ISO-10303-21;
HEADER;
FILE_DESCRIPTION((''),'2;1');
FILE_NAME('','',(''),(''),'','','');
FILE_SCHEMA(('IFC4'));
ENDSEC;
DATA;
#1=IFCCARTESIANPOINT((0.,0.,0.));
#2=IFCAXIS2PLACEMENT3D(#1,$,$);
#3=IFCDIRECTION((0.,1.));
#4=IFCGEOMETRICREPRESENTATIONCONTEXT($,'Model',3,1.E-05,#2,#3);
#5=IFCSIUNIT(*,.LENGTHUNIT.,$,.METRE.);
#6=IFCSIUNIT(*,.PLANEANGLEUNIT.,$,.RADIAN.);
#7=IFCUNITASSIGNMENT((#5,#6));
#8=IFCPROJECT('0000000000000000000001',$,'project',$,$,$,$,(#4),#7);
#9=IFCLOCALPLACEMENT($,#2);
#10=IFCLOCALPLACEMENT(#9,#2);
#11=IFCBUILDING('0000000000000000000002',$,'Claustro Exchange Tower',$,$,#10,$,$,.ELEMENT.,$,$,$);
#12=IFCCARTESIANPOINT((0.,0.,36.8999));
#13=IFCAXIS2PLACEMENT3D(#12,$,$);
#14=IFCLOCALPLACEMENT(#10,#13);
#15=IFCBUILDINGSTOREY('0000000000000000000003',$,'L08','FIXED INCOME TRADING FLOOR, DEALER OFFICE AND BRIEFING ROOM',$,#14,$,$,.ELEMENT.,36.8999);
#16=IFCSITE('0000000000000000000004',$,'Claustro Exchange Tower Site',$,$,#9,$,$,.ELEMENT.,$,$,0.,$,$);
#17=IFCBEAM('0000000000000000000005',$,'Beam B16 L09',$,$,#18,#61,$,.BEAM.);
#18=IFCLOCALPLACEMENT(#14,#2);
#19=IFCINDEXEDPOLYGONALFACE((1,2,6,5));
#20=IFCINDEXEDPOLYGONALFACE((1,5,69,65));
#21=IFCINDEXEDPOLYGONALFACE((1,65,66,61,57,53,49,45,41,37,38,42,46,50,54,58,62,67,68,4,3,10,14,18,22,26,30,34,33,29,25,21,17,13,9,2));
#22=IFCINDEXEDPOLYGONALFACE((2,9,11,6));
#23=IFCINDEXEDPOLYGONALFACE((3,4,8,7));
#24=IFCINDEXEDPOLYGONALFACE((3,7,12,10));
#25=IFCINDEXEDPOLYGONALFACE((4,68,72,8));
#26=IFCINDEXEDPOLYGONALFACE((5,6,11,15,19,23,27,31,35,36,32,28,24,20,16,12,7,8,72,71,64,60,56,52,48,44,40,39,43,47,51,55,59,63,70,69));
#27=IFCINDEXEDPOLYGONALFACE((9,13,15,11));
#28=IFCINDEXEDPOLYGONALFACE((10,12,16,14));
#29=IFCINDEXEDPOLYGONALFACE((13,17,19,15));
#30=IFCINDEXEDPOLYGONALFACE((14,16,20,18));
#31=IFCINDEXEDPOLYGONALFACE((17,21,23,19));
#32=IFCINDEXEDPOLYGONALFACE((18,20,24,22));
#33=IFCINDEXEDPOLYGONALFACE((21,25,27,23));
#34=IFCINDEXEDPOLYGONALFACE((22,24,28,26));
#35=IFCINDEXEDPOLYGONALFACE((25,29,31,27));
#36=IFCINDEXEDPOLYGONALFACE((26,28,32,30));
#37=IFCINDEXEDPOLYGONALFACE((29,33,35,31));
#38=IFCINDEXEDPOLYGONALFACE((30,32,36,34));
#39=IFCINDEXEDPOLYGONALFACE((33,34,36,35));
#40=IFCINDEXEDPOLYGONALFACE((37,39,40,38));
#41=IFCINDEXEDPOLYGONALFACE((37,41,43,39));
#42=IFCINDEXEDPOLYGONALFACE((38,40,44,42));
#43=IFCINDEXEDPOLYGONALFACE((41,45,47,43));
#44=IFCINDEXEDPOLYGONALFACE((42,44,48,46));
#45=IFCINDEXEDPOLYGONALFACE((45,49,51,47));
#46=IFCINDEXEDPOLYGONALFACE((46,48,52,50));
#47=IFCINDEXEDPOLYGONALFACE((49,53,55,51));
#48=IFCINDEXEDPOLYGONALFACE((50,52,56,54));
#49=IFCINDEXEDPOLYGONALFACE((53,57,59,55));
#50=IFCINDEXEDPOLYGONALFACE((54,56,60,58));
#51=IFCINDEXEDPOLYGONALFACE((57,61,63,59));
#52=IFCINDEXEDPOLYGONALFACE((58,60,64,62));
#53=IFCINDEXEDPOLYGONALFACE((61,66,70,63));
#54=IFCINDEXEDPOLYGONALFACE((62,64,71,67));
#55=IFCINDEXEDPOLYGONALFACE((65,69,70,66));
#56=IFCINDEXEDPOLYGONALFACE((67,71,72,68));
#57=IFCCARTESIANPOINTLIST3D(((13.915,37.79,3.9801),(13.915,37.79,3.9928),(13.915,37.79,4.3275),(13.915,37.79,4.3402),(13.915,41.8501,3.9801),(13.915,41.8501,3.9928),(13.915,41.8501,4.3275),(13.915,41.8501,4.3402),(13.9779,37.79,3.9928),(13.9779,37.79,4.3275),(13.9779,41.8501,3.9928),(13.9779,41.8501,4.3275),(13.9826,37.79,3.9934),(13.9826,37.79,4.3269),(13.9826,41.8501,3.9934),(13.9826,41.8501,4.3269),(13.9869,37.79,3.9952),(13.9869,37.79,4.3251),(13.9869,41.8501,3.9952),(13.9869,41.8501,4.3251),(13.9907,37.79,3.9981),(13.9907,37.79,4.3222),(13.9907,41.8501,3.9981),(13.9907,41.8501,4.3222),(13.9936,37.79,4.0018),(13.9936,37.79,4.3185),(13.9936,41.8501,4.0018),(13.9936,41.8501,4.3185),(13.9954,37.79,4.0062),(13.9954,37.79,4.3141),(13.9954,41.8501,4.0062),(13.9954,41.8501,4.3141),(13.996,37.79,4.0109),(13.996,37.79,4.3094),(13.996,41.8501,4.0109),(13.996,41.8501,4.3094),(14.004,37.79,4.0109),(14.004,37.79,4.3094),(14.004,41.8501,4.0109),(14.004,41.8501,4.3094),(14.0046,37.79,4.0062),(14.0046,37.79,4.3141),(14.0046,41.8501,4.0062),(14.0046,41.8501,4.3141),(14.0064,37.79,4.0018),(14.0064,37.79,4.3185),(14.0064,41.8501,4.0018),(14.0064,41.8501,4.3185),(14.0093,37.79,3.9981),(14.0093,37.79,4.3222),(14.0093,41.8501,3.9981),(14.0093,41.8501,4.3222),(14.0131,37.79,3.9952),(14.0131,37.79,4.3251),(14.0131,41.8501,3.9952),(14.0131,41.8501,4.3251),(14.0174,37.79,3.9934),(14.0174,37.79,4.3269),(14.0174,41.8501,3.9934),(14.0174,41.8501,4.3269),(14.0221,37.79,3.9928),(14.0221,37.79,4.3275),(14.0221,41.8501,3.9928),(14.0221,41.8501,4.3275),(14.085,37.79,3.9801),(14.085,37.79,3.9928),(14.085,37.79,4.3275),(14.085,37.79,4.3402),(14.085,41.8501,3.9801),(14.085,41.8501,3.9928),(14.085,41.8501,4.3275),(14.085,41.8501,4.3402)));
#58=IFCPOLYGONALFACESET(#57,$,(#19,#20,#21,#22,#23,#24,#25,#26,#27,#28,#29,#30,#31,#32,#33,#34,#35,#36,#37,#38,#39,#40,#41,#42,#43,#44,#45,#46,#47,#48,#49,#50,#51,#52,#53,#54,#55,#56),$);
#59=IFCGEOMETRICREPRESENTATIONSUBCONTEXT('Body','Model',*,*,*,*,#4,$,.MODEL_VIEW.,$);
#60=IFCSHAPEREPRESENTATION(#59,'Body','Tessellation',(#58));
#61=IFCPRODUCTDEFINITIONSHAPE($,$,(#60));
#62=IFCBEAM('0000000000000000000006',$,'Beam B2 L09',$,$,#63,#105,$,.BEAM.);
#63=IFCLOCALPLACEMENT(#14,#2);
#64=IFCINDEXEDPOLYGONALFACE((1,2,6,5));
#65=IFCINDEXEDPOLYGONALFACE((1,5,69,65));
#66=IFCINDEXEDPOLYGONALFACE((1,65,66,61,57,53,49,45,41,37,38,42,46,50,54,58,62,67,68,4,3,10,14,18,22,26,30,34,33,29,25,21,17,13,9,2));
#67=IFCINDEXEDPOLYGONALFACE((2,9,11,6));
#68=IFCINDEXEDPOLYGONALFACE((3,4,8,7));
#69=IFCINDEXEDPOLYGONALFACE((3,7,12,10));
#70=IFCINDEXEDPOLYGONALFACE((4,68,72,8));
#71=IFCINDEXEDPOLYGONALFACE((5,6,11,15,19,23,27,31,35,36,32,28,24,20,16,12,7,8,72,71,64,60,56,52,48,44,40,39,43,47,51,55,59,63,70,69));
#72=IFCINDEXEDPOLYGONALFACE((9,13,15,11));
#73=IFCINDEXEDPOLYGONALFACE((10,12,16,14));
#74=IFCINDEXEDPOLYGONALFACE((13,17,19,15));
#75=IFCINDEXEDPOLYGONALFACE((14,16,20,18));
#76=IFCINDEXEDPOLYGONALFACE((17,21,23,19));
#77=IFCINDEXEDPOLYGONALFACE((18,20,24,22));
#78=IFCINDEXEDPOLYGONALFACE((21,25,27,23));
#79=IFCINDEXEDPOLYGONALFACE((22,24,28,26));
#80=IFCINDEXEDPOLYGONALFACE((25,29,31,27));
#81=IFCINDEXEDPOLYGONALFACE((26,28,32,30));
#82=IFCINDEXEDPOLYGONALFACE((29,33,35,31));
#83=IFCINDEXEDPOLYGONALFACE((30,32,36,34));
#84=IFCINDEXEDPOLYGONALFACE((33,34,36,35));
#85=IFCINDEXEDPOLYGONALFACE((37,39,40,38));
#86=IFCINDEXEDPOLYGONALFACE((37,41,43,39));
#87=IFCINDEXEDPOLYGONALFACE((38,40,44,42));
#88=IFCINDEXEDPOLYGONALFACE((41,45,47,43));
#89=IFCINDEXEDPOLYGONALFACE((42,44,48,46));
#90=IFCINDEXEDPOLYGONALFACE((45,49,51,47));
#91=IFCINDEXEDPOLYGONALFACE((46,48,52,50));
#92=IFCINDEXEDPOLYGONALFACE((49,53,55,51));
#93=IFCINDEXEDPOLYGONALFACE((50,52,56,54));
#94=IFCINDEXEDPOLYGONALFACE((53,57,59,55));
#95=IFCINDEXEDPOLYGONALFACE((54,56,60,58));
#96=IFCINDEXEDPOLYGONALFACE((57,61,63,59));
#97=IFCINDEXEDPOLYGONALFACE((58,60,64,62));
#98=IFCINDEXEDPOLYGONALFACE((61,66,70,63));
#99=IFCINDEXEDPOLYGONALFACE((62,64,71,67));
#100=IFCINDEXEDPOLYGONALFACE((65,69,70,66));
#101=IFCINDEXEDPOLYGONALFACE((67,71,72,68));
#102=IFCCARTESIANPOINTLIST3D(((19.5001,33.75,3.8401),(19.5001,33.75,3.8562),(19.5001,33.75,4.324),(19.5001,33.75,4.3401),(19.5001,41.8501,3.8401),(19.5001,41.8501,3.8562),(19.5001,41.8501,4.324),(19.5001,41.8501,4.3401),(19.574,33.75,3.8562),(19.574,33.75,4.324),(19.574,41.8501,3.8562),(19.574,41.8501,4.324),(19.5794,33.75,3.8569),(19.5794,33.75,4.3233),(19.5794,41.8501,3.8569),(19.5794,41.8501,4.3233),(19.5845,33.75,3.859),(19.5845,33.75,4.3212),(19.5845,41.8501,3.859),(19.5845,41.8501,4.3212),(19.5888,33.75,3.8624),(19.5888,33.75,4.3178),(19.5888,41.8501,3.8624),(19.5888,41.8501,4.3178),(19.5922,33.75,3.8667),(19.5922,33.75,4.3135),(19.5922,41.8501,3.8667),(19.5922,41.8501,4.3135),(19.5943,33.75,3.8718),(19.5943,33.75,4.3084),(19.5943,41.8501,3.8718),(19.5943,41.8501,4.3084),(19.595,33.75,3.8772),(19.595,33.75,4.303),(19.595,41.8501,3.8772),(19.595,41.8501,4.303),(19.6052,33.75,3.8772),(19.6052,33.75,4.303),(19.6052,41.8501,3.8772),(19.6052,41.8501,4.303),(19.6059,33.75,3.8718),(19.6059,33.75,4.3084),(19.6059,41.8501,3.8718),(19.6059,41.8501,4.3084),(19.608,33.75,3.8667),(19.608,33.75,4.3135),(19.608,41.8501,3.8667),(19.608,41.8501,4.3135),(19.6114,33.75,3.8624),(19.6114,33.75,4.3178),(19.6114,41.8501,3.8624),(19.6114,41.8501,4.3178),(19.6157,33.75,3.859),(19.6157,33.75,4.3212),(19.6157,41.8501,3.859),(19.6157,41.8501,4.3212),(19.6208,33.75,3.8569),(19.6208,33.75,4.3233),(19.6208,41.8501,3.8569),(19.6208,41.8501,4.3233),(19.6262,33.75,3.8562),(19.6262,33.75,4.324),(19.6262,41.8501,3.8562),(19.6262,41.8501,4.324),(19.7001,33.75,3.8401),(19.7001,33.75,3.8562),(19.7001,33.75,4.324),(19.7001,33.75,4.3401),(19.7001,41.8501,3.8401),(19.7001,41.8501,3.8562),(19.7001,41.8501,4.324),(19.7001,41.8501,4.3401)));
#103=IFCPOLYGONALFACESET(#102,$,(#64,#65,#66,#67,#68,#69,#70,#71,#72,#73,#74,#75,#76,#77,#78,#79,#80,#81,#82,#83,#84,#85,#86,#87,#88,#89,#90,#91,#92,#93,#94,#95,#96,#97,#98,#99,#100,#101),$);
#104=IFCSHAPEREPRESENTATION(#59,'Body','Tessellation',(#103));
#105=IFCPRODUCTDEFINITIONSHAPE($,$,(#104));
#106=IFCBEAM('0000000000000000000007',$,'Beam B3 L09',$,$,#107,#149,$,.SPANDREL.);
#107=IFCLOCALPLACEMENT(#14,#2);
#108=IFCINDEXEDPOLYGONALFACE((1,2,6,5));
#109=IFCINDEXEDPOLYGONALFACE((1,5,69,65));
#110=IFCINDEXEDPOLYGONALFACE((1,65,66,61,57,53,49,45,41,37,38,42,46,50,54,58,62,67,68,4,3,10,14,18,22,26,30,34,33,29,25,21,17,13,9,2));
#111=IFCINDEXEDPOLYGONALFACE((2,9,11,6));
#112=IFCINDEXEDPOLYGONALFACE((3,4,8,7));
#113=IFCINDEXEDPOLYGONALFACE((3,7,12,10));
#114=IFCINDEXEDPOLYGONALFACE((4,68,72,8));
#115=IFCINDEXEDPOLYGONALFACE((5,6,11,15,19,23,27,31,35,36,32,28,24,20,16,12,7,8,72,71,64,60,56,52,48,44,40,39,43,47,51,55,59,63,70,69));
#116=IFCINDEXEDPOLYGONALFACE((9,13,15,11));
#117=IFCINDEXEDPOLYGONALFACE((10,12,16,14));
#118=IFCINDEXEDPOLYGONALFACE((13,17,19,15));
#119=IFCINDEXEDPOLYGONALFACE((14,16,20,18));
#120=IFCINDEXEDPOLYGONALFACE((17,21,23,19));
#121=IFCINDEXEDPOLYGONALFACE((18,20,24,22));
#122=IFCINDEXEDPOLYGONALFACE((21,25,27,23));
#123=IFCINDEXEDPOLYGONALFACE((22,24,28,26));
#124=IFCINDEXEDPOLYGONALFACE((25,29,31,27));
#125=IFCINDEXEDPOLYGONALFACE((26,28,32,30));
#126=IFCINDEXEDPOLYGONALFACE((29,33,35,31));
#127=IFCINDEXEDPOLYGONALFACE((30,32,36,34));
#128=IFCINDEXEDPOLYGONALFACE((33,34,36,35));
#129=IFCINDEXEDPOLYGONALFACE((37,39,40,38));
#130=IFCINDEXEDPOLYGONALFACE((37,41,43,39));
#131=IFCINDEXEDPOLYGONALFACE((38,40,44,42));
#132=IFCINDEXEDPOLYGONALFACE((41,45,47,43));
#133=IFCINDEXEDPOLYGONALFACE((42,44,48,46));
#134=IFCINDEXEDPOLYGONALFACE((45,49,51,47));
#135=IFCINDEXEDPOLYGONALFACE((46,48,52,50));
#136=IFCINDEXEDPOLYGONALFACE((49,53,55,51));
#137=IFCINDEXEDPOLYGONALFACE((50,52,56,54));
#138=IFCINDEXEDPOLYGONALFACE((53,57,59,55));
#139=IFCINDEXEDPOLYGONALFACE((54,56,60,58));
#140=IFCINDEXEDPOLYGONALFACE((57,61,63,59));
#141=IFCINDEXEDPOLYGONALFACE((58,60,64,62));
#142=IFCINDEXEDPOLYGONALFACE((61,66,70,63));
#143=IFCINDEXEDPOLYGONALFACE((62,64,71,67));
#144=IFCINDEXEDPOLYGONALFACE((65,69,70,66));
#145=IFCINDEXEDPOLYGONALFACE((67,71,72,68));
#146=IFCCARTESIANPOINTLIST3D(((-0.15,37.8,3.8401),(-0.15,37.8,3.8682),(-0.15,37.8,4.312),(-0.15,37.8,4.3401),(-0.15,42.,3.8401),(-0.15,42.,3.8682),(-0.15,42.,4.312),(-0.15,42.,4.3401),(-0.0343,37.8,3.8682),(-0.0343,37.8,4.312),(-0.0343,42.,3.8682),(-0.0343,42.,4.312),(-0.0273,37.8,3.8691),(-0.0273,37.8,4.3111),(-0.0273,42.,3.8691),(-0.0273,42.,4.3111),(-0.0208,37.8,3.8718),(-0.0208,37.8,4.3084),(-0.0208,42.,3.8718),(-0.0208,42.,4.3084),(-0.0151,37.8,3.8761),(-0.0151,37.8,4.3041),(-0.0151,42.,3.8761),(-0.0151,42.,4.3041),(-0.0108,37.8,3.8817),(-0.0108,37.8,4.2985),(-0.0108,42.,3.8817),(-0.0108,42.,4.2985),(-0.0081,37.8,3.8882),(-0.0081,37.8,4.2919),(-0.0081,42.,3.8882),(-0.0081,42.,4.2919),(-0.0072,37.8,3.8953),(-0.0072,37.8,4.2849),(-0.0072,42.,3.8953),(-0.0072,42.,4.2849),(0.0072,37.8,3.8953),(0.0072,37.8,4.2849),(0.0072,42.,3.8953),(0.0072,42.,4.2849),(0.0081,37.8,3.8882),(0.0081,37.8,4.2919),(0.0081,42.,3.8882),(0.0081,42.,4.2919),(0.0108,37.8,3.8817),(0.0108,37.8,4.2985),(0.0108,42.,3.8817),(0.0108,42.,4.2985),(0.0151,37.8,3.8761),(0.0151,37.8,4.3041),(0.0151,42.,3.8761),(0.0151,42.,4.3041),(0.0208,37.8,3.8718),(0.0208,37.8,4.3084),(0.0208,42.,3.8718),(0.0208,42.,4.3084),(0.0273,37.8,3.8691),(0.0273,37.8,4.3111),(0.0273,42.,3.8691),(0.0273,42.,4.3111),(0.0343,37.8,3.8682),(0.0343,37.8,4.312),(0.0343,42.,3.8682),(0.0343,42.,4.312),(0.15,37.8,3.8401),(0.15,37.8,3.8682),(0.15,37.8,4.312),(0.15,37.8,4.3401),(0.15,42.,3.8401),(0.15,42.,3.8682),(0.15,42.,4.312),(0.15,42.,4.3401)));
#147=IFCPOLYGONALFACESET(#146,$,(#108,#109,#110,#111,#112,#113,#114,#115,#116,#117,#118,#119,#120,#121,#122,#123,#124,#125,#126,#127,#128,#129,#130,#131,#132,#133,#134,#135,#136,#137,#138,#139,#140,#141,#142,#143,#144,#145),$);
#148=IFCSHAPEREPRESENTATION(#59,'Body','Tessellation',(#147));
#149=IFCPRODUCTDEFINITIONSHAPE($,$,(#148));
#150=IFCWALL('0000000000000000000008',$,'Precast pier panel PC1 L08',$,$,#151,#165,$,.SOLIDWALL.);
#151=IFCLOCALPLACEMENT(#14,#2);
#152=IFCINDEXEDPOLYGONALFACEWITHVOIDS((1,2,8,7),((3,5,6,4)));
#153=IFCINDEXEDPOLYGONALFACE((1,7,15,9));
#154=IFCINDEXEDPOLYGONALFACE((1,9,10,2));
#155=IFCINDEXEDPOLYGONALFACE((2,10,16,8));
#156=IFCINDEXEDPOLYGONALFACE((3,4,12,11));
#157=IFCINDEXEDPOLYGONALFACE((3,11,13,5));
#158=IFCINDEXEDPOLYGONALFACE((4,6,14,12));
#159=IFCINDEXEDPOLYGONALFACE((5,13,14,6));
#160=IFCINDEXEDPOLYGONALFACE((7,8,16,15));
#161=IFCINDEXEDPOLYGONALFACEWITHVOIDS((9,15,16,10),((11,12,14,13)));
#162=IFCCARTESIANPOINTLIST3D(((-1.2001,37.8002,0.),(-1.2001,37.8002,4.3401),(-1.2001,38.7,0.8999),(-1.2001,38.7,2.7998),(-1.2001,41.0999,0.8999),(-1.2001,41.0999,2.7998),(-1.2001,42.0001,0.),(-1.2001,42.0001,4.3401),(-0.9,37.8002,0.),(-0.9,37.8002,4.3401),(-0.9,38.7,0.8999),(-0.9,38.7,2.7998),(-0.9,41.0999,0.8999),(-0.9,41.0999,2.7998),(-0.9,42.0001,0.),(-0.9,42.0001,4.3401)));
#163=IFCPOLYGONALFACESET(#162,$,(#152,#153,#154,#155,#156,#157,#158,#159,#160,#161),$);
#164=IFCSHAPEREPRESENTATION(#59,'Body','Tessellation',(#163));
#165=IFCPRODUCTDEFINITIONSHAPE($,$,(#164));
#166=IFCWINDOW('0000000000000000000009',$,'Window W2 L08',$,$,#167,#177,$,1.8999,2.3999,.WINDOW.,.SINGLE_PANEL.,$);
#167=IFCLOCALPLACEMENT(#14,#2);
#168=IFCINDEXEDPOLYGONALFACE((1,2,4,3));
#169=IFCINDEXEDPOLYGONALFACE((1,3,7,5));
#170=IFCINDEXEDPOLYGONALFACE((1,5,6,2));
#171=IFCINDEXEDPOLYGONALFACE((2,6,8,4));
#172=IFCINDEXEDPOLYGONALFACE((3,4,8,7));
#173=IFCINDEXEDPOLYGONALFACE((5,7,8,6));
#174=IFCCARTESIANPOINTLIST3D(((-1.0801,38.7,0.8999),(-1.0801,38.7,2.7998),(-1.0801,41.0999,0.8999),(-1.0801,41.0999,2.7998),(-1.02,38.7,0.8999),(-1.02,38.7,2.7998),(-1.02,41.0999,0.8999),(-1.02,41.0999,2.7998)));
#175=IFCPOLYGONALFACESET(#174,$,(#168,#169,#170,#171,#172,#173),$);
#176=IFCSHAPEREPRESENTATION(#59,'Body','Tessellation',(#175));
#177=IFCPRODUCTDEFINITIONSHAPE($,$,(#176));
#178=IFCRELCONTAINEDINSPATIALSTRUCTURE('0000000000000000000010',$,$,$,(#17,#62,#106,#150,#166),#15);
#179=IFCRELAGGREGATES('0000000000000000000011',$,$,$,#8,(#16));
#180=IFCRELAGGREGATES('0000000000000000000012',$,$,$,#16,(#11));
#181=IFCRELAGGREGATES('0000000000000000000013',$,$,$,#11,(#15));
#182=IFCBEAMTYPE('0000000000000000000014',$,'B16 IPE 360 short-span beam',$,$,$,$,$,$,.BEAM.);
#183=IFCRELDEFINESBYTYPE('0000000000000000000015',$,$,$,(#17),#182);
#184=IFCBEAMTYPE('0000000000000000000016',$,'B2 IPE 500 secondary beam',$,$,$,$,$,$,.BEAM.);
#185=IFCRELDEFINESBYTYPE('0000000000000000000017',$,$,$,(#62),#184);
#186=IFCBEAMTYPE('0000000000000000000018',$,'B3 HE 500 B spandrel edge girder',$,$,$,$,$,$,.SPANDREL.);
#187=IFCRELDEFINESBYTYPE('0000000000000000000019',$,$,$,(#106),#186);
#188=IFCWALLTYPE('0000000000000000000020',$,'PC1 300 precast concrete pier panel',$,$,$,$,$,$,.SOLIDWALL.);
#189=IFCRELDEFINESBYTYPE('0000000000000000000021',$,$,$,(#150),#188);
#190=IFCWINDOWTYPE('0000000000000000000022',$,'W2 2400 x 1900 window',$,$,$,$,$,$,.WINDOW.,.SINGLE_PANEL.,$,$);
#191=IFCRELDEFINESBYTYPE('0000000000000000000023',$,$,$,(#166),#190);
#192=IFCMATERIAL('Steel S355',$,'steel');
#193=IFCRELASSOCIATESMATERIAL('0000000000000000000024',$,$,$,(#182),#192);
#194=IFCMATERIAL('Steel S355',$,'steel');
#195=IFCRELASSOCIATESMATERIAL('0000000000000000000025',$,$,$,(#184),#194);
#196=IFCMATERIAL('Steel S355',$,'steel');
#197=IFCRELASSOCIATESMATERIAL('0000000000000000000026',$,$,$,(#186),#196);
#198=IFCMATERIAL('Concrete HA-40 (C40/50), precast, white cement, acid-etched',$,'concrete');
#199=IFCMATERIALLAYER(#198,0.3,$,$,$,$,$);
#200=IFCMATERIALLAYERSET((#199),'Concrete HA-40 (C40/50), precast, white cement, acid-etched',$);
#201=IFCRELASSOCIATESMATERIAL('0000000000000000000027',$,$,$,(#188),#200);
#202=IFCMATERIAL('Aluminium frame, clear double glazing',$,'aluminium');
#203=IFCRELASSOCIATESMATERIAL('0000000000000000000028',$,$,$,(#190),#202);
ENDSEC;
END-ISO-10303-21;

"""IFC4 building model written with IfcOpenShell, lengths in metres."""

from ifc_helpers import new_model, si_unit, direction, frame, frame_2d, origin, origin_2d, place, context, subcontext, project, spatial, rectangle, i_section, extrude, material, layer, layer_set, material_profile, profile_set, type_object, element, fill, save


model = new_model("IFC4")

# Units and contexts
model_context = context("Model", 3, precision=1e-05, world=origin(), true_north=direction((0.0, 1.0)))
body_context = subcontext(model_context, "Body", "Model", "MODEL_VIEW")
ifc_project = project(units=[si_unit("LENGTHUNIT", "METRE"), si_unit("PLANEANGLEUNIT", "RADIAN")], contexts=[model_context])

# Site, building, storey
site_placement = place(None, origin())
site = spatial("IfcSite", under=ifc_project, at=site_placement, Name="Claustro Exchange Tower Site", CompositionType="ELEMENT", RefElevation=0.0)
building_placement = place(site_placement, origin())
building = spatial("IfcBuilding", under=site, at=building_placement, Name="Claustro Exchange Tower", CompositionType="ELEMENT")
storey_placement = place(building_placement, frame((0.0, 0.0, 36.8999)))
storey = spatial("IfcBuildingStorey", under=building, at=storey_placement, Name="L08", Description="FIXED INCOME TRADING FLOOR, DEALER OFFICE AND BRIEFING ROOM", CompositionType="ELEMENT", Elevation=36.8999)

# Beams
ifc_material_1 = material(Name="Steel S355", Category="steel")
ifc_material_profile_1 = material_profile(ifc_material_1, i_section(OverallWidth=0.1699, OverallDepth=0.3601, WebThickness=0.0081, FlangeThickness=0.0127, FilletRadius=0.0181, at=origin_2d()), Name="IPE 360")
ifc_profile_set_1 = profile_set([ifc_material_profile_1], Name="Steel S355")
beam_type_1 = type_object("IfcBeamType", Name="B16 IPE 360 short-span beam", PredefinedType="BEAM", material=ifc_profile_set_1)
for number, where, z_axis, x_axis, name in (
    (1, (14.0, 37.79, 4.1602), (0.0, 1.0, 0.0), (-1.0, 0.0, 0.0), "Beam B16 L09"),
):
    element("IfcBeam", number, at=place(storey_placement, frame(where, z_axis=z_axis, x_axis=x_axis)), inside=storey, type_object=beam_type_1, Name=name, PredefinedType="BEAM", context=body_context, shape_type="SweptSolid", body=[
        extrude(i_section(OverallWidth=0.1699, OverallDepth=0.3601, WebThickness=0.0081, FlangeThickness=0.0127, FilletRadius=0.0181, at=origin_2d()), origin(), (0.0, 0.0, 1.0), 4.0601),
    ])
ifc_material_2 = material(Name="Steel S355", Category="steel")
ifc_material_profile_2 = material_profile(ifc_material_2, i_section(OverallWidth=0.2, OverallDepth=0.5, WebThickness=0.0103, FlangeThickness=0.0161, FilletRadius=0.021, at=origin_2d()), Name="IPE 500")
ifc_profile_set_2 = profile_set([ifc_material_profile_2], Name="Steel S355")
beam_type_2 = type_object("IfcBeamType", Name="B2 IPE 500 secondary beam", PredefinedType="BEAM", material=ifc_profile_set_2)
beam_1_placement = place(storey_placement, frame((19.6001, 33.75, 4.0901), z_axis=(0.0, 1.0, 0.0), x_axis=(-1.0, 0.0, 0.0)))
element("IfcBeam", 2, at=beam_1_placement, inside=storey, type_object=beam_type_2, Name="Beam B2 L09", PredefinedType="BEAM", context=body_context, shape_type="SweptSolid", body=[
    extrude(i_section(OverallWidth=0.2, OverallDepth=0.5, WebThickness=0.0103, FlangeThickness=0.0161, FilletRadius=0.021, at=origin_2d()), origin(), (0.0, 0.0, 1.0), 8.1001),
])
ifc_material_3 = material(Name="Steel S355", Category="steel")
ifc_material_profile_3 = material_profile(ifc_material_3, i_section(OverallWidth=0.3, OverallDepth=0.5, WebThickness=0.0144, FlangeThickness=0.0281, FilletRadius=0.0271, at=origin_2d()), Name="HE 500 B")
ifc_profile_set_3 = profile_set([ifc_material_profile_3], Name="Steel S355")
beam_type_3 = type_object("IfcBeamType", Name="B3 HE 500 B spandrel edge girder", PredefinedType="SPANDREL", material=ifc_profile_set_3)
beam_2_placement = place(storey_placement, frame((0.0, 37.8, 4.0901), z_axis=(0.0, 1.0, 0.0), x_axis=(-1.0, 0.0, 0.0)))
element("IfcBeam", 3, at=beam_2_placement, inside=storey, type_object=beam_type_3, Name="Beam B3 L09", PredefinedType="SPANDREL", context=body_context, shape_type="SweptSolid", body=[
    extrude(i_section(OverallWidth=0.3, OverallDepth=0.5, WebThickness=0.0144, FlangeThickness=0.0281, FilletRadius=0.0271, at=origin_2d()), origin(), (0.0, 0.0, 1.0), 4.2),
])

# Wall, opening, window
ifc_material_4 = material(Name="Concrete HA-40 (C40/50), precast, white cement, acid-etched", Category="concrete")
ifc_layer_1 = layer(ifc_material_4, 0.3)
ifc_layer_set_1 = layer_set([ifc_layer_1], Name="Concrete HA-40 (C40/50), precast, white cement, acid-etched")
wall_type_1 = type_object("IfcWallType", Name="PC1 300 precast concrete pier panel", PredefinedType="SOLIDWALL", material=ifc_layer_set_1)
wall_1_placement = place(storey_placement, frame((-1.05, 37.8, 0.0), z_axis=(0.0, 0.0, 1.0), x_axis=(0.0, 1.0, 0.0)))
wall_1 = element("IfcWall", 4, at=wall_1_placement, inside=storey, type_object=wall_type_1, Name="Precast pier panel PC1 L08", PredefinedType="SOLIDWALL", context=body_context, shape_type="SweptSolid", body=[
    extrude(rectangle(XDim=4.2, YDim=0.3, at=frame_2d((2.1001, 0.0))), origin(), (0.0, 0.0, 1.0), 4.3401),
])
opening_1_placement = place(wall_1_placement, frame((0.8999, 0.0, 0.8999)))
opening_1 = element("IfcOpeningElement", 5, at=opening_1_placement, cuts=wall_1, PredefinedType="OPENING", context=body_context, shape_type="SweptSolid", body=[
    extrude(rectangle(XDim=2.3999, YDim=1.8999, at=frame_2d((1.2, 0.95))), frame((0.0, 0.1599, 0.0), z_axis=(0.0, -1.0, 0.0), x_axis=(1.0, 0.0, 0.0)), (0.0, 0.0, 1.0), 0.3201),
])
ifc_material_5 = material(Name="Aluminium frame, clear double glazing", Category="aluminium")
window_type = type_object("IfcWindowType", Name="W2 2400 x 1900 window", PartitioningType="SINGLE_PANEL", PredefinedType="WINDOW", material=ifc_material_5)
window_1_placement = place(opening_1_placement, origin())
window_1 = element("IfcWindow", 6, at=window_1_placement, inside=storey, type_object=window_type, Name="Window W2 L08", OverallHeight=1.8999, OverallWidth=2.3999, PartitioningType="SINGLE_PANEL", PredefinedType="WINDOW", context=body_context, shape_type="SweptSolid", body=[
    extrude(rectangle(XDim=2.3999, YDim=1.8999, at=frame_2d((1.2, 0.95))), frame((0.0, 0.03, 0.0), z_axis=(0.0, -1.0, 0.0), x_axis=(1.0, 0.0, 0.0)), (0.0, 0.0, 1.0), 0.0601),
])
fill(opening_1, window_1)

save(model, "model.ifc")
